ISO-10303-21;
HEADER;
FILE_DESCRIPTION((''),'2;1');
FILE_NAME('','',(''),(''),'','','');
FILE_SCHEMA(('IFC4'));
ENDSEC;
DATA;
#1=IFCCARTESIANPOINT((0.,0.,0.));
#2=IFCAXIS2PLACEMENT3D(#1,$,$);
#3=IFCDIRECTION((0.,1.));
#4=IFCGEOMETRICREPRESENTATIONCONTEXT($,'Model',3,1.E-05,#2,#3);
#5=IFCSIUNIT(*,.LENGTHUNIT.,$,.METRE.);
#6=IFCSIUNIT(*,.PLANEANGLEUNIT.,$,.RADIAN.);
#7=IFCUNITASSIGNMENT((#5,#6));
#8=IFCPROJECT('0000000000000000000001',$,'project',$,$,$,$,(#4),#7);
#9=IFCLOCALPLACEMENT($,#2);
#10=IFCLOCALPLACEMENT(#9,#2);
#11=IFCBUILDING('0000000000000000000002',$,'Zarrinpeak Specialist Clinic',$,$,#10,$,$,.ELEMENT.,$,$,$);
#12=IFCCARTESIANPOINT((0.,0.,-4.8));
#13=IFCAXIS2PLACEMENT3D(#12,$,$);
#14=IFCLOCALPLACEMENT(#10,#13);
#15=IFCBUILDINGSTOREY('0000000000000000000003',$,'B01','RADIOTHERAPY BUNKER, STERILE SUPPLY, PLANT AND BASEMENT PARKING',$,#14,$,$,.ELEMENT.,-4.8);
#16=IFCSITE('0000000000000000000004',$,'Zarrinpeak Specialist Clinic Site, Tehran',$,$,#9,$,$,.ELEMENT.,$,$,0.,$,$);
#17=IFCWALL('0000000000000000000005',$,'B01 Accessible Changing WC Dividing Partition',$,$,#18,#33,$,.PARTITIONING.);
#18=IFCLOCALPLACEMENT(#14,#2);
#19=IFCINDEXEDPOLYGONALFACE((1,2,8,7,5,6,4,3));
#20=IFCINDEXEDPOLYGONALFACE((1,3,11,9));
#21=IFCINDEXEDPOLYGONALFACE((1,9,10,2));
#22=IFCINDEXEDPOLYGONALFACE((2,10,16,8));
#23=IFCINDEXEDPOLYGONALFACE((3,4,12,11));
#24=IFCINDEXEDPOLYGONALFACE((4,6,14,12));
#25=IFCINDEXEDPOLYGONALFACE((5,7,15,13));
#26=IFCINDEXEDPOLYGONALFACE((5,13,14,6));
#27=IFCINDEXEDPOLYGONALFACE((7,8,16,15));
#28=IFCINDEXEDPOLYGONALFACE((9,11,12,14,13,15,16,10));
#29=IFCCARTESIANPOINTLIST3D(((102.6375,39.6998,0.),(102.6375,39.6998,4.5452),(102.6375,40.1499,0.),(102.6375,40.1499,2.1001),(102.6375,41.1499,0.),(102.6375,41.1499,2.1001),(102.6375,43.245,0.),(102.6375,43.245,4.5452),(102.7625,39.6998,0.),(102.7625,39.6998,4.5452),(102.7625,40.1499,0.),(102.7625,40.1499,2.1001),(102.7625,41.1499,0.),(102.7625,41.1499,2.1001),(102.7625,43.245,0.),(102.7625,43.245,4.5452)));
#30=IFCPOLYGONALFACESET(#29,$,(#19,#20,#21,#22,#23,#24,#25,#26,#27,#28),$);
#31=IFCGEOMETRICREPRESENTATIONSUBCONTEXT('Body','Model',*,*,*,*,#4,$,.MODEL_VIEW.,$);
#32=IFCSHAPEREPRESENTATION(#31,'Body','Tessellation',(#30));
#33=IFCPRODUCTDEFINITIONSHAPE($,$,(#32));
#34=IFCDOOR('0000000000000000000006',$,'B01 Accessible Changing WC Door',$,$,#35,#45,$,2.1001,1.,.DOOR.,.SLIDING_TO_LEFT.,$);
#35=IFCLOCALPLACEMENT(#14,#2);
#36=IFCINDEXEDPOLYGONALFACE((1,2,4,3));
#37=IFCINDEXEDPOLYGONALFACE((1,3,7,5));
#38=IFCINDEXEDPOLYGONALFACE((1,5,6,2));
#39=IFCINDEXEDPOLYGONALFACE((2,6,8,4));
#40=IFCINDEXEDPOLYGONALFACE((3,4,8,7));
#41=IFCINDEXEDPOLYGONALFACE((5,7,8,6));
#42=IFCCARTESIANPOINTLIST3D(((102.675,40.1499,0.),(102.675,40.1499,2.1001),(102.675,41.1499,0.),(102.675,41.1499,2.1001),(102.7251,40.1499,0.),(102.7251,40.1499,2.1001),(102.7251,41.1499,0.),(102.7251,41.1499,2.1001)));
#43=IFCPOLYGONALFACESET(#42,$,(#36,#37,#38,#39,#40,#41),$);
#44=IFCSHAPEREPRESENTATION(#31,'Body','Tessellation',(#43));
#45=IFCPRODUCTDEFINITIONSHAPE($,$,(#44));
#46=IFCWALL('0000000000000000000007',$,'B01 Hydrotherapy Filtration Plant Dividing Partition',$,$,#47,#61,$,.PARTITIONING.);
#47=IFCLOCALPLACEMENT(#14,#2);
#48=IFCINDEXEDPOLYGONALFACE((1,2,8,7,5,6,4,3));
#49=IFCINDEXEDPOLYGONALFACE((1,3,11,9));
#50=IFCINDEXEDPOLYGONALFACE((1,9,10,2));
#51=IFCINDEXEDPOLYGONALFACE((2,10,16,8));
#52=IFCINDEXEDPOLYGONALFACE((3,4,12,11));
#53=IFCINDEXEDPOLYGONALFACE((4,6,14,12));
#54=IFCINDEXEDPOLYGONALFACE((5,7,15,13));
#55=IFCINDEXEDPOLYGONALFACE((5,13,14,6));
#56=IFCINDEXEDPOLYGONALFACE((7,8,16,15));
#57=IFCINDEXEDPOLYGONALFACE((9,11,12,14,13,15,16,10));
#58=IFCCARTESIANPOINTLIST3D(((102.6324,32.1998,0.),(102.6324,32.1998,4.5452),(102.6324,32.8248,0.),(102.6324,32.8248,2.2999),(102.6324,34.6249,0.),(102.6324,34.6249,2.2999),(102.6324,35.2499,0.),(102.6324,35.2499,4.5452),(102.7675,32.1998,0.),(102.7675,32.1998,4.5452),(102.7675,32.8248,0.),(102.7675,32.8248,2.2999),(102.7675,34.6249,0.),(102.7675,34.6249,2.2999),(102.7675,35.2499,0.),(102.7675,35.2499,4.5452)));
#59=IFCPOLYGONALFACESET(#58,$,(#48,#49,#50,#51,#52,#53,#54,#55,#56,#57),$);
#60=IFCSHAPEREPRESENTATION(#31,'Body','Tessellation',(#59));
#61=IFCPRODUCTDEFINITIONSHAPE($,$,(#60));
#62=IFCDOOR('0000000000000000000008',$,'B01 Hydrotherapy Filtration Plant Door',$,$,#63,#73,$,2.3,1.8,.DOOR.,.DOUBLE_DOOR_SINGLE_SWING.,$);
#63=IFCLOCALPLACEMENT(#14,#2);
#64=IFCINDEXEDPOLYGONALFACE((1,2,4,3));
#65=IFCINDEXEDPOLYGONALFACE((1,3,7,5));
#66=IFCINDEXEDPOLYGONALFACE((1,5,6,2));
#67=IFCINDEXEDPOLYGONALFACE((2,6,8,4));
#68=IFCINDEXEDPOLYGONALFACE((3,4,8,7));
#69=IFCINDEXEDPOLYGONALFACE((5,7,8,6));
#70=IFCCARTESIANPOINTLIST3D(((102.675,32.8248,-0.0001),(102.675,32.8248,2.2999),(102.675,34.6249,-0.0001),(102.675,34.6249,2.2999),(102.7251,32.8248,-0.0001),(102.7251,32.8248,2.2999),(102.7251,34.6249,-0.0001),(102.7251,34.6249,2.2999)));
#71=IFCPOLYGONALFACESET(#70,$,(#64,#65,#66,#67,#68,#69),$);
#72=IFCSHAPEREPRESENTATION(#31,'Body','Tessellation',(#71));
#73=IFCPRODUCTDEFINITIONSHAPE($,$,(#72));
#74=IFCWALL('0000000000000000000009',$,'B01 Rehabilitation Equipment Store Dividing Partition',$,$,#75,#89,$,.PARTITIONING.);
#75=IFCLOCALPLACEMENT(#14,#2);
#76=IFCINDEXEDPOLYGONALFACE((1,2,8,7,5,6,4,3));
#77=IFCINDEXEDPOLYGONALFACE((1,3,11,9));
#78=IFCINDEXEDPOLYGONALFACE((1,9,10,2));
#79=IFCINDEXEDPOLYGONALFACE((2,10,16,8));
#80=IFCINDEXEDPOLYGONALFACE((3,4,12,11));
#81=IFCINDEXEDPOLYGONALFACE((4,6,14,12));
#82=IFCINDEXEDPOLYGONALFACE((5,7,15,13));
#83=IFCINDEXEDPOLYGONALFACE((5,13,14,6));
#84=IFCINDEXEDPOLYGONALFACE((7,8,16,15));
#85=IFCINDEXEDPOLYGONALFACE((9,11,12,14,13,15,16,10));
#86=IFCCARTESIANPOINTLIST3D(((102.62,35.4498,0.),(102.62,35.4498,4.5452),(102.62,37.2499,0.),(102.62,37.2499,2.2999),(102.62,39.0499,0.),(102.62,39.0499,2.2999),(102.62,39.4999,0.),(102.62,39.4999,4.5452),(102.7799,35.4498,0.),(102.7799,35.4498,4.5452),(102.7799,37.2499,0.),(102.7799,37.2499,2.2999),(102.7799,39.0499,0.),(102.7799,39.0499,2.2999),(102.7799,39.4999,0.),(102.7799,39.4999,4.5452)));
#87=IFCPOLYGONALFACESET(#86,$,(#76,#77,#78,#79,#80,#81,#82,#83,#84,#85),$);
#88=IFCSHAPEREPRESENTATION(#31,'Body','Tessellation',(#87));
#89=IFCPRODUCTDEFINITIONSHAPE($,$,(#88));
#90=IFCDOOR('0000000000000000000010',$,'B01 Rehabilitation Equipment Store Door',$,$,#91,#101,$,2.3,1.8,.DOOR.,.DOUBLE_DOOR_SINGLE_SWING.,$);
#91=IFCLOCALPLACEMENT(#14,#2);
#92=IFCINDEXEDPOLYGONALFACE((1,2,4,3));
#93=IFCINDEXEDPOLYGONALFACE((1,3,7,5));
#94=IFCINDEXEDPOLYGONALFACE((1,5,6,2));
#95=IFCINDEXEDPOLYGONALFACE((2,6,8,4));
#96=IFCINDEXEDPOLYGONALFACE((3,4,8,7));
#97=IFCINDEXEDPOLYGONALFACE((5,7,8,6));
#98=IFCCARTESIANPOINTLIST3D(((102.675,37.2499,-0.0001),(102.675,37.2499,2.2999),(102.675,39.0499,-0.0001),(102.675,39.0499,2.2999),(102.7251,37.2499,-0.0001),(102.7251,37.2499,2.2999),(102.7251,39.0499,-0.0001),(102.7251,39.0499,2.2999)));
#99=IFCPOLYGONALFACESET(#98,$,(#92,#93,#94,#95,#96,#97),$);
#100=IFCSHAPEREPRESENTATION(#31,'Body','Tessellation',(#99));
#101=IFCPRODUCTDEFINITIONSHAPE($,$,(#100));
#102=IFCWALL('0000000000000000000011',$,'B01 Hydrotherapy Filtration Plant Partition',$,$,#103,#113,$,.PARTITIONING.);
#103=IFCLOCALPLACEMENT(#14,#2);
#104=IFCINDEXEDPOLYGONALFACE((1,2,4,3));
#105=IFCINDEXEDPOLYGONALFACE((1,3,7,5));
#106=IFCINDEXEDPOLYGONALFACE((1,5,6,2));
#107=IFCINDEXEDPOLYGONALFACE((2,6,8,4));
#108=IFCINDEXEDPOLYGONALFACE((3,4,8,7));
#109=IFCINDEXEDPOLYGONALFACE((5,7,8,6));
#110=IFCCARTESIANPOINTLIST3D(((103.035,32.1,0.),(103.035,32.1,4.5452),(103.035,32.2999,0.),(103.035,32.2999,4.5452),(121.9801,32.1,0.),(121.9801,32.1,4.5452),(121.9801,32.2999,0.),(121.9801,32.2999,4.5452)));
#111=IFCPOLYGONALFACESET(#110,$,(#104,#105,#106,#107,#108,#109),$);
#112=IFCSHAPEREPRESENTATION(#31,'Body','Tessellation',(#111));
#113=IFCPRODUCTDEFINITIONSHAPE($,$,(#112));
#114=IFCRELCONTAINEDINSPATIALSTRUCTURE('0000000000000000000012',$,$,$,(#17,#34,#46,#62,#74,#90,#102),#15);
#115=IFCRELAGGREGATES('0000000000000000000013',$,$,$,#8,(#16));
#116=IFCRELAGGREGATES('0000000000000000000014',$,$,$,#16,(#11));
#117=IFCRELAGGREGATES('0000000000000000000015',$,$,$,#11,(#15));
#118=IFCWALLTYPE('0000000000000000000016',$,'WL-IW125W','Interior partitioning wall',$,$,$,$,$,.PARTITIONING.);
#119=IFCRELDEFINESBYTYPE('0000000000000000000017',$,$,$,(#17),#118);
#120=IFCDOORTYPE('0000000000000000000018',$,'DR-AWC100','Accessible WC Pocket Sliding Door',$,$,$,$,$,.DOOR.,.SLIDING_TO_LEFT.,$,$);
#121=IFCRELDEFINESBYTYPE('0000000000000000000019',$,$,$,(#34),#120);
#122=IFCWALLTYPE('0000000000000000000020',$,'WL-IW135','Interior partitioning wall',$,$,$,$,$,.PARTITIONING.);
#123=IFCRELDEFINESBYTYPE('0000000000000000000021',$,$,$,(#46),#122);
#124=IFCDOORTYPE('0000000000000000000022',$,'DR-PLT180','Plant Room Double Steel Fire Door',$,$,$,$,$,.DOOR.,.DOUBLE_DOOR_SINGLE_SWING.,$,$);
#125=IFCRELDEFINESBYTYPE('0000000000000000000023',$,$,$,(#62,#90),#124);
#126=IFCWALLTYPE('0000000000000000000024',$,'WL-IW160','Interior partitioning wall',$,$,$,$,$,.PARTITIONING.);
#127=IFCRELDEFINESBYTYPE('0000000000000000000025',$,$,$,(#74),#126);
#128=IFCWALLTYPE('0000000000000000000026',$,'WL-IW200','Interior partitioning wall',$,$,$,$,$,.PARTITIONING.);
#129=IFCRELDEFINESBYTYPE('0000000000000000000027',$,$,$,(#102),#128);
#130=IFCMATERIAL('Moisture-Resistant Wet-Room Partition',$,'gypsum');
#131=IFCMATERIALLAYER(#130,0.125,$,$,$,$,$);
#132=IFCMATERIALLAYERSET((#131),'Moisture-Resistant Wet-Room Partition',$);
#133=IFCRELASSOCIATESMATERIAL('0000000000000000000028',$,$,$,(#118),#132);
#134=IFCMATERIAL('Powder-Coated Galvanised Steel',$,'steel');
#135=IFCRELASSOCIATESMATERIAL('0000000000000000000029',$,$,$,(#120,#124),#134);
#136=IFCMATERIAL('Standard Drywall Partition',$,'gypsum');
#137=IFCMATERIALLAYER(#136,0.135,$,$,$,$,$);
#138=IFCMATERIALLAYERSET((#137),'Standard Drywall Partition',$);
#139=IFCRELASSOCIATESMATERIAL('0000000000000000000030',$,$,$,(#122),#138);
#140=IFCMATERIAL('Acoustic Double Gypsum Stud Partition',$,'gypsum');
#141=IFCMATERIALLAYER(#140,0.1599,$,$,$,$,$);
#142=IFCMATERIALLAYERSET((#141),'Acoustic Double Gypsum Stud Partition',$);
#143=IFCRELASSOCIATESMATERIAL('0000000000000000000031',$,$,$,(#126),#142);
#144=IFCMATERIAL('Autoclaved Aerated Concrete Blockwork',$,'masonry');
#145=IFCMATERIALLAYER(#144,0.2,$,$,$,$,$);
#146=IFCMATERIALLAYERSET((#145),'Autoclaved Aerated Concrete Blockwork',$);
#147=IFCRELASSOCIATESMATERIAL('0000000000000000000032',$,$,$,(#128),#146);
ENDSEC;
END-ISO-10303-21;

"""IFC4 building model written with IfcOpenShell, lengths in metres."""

from ifc_helpers import new_model, si_unit, direction, frame, frame_2d, origin, place, context, subcontext, project, spatial, rectangle, extrude, material, layer, layer_set, type_object, element, fill, save


model = new_model("IFC4")

# Units and contexts
model_context = context("Model", 3, precision=1e-05, world=origin(), true_north=direction((0.0, 1.0)))
body_context = subcontext(model_context, "Body", "Model", "MODEL_VIEW")
ifc_project = project(units=[si_unit("LENGTHUNIT", "METRE"), si_unit("PLANEANGLEUNIT", "RADIAN")], contexts=[model_context])

# Site, building, storey
site_placement = place(None, origin())
site = spatial("IfcSite", under=ifc_project, at=site_placement, Name="Zarrinpeak Specialist Clinic Site, Tehran", CompositionType="ELEMENT", RefElevation=0.0)
building_placement = place(site_placement, origin())
building = spatial("IfcBuilding", under=site, at=building_placement, Name="Zarrinpeak Specialist Clinic", CompositionType="ELEMENT")
storey_placement = place(building_placement, frame((0.0, 0.0, -4.8)))
storey = spatial("IfcBuildingStorey", under=building, at=storey_placement, Name="B01", Description="RADIOTHERAPY BUNKER, STERILE SUPPLY, PLANT AND BASEMENT PARKING", CompositionType="ELEMENT", Elevation=-4.8)

# Walls, openings, doors
ifc_material_1 = material(Name="Powder-Coated Galvanised Steel", Category="steel")
ifc_material_2 = material(Name="Moisture-Resistant Wet-Room Partition", Category="gypsum")
ifc_layer_1 = layer(ifc_material_2, 0.125)
ifc_layer_set_1 = layer_set([ifc_layer_1], Name="Moisture-Resistant Wet-Room Partition")
wall_type_1 = type_object("IfcWallType", Name="WL-IW125W", Description="Interior partitioning wall", PredefinedType="PARTITIONING", material=ifc_layer_set_1)
wall_1_placement = place(storey_placement, frame((102.7, 39.7, 0.0), z_axis=(0.0, 0.0, 1.0), x_axis=(0.0, 1.0, 0.0)))
wall_1 = element("IfcWall", 1, at=wall_1_placement, inside=storey, type_object=wall_type_1, Name="B01 Accessible Changing WC Dividing Partition", PredefinedType="PARTITIONING", context=body_context, shape_type="SweptSolid", body=[
    extrude(rectangle(XDim=3.5452, YDim=0.125, at=frame_2d((1.7725, 0.0))), origin(), (0.0, 0.0, 1.0), 4.5452),
])
opening_1_placement = place(wall_1_placement, frame((0.45, 0.0, 0.0)))
opening_1 = element("IfcOpeningElement", 2, at=opening_1_placement, cuts=wall_1, PredefinedType="OPENING", context=body_context, shape_type="SweptSolid", body=[
    extrude(rectangle(XDim=1.0, YDim=2.1001, at=frame_2d((0.5, 1.05))), frame((0.0, 0.0725, 0.0), z_axis=(0.0, -1.0, 0.0), x_axis=(1.0, 0.0, 0.0)), (0.0, 0.0, 1.0), 0.145),
])
door_type_1 = type_object("IfcDoorType", Name="DR-AWC100", Description="Accessible WC Pocket Sliding Door", OperationType="SLIDING_TO_LEFT", PredefinedType="DOOR", material=ifc_material_1)
door_1_placement = place(opening_1_placement, origin())
door_1 = element("IfcDoor", 3, at=door_1_placement, inside=storey, type_object=door_type_1, Name="B01 Accessible Changing WC Door", OperationType="SLIDING_TO_LEFT", OverallHeight=2.1001, OverallWidth=1.0, PredefinedType="DOOR", context=body_context, shape_type="SweptSolid", body=[
    extrude(rectangle(XDim=1.0, YDim=2.1001, at=frame_2d((0.5, 1.05))), frame((0.0, 0.0249, 0.0), z_axis=(0.0, -1.0, 0.0), x_axis=(1.0, 0.0, 0.0)), (0.0, 0.0, 1.0), 0.05),
])
fill(opening_1, door_1)
ifc_material_3 = material(Name="Standard Drywall Partition", Category="gypsum")
ifc_layer_2 = layer(ifc_material_3, 0.135)
ifc_layer_set_2 = layer_set([ifc_layer_2], Name="Standard Drywall Partition")
wall_type_2 = type_object("IfcWallType", Name="WL-IW135", Description="Interior partitioning wall", PredefinedType="PARTITIONING", material=ifc_layer_set_2)
wall_2_placement = place(storey_placement, frame((102.7, 32.2, 0.0), z_axis=(0.0, 0.0, 1.0), x_axis=(0.0, 1.0, 0.0)))
wall_2 = element("IfcWall", 4, at=wall_2_placement, inside=storey, type_object=wall_type_2, Name="B01 Hydrotherapy Filtration Plant Dividing Partition", PredefinedType="PARTITIONING", context=body_context, shape_type="SweptSolid", body=[
    extrude(rectangle(XDim=3.05, YDim=0.135, at=frame_2d((1.5249, 0.0))), origin(), (0.0, 0.0, 1.0), 4.5452),
])
opening_2_placement = place(wall_2_placement, frame((0.625, 0.0, 0.0)))
opening_2 = element("IfcOpeningElement", 5, at=opening_2_placement, cuts=wall_2, PredefinedType="OPENING", context=body_context, shape_type="SweptSolid", body=[
    extrude(rectangle(XDim=1.8, YDim=2.3, at=frame_2d((0.8999, 1.1499))), frame((0.0, 0.0776, 0.0), z_axis=(0.0, -1.0, 0.0), x_axis=(1.0, 0.0, 0.0)), (0.0, 0.0, 1.0), 0.155),
])
door_type_2 = type_object("IfcDoorType", Name="DR-PLT180", Description="Plant Room Double Steel Fire Door", OperationType="DOUBLE_DOOR_SINGLE_SWING", PredefinedType="DOOR", material=ifc_material_1)
door_2_placement = place(opening_2_placement, origin())
door_2 = element("IfcDoor", 6, at=door_2_placement, inside=storey, type_object=door_type_2, Name="B01 Hydrotherapy Filtration Plant Door", OperationType="DOUBLE_DOOR_SINGLE_SWING", OverallHeight=2.3, OverallWidth=1.8, PredefinedType="DOOR", context=body_context, shape_type="SweptSolid", body=[
    extrude(rectangle(XDim=1.8, YDim=2.3, at=frame_2d((0.8999, 1.1499))), frame((0.0, 0.0249, 0.0), z_axis=(0.0, -1.0, 0.0), x_axis=(1.0, 0.0, 0.0)), (0.0, 0.0, 1.0), 0.05),
])
fill(opening_2, door_2)
ifc_material_4 = material(Name="Acoustic Double Gypsum Stud Partition", Category="gypsum")
ifc_layer_3 = layer(ifc_material_4, 0.1599)
ifc_layer_set_3 = layer_set([ifc_layer_3], Name="Acoustic Double Gypsum Stud Partition")
wall_type_3 = type_object("IfcWallType", Name="WL-IW160", Description="Interior partitioning wall", PredefinedType="PARTITIONING", material=ifc_layer_set_3)
wall_3_placement = place(storey_placement, frame((102.7, 35.45, 0.0), z_axis=(0.0, 0.0, 1.0), x_axis=(0.0, 1.0, 0.0)))
wall_3 = element("IfcWall", 7, at=wall_3_placement, inside=storey, type_object=wall_type_3, Name="B01 Rehabilitation Equipment Store Dividing Partition", PredefinedType="PARTITIONING", context=body_context, shape_type="SweptSolid", body=[
    extrude(rectangle(XDim=4.05, YDim=0.1599, at=frame_2d((2.0249, 0.0))), origin(), (0.0, 0.0, 1.0), 4.5452),
])
opening_3_placement = place(wall_3_placement, frame((1.8, 0.0, 0.0)))
opening_3 = element("IfcOpeningElement", 8, at=opening_3_placement, cuts=wall_3, PredefinedType="OPENING", context=body_context, shape_type="SweptSolid", body=[
    extrude(rectangle(XDim=1.8, YDim=2.3, at=frame_2d((0.8999, 1.1499))), frame((0.0, 0.0898, 0.0), z_axis=(0.0, -1.0, 0.0), x_axis=(1.0, 0.0, 0.0)), (0.0, 0.0, 1.0), 0.1799),
])
door_3_placement = place(opening_3_placement, origin())
door_3 = element("IfcDoor", 9, at=door_3_placement, inside=storey, type_object=door_type_2, Name="B01 Rehabilitation Equipment Store Door", OperationType="DOUBLE_DOOR_SINGLE_SWING", OverallHeight=2.3, OverallWidth=1.8, PredefinedType="DOOR", context=body_context, shape_type="SweptSolid", body=[
    extrude(rectangle(XDim=1.8, YDim=2.3, at=frame_2d((0.8999, 1.1499))), frame((0.0, 0.0249, 0.0), z_axis=(0.0, -1.0, 0.0), x_axis=(1.0, 0.0, 0.0)), (0.0, 0.0, 1.0), 0.05),
])
fill(opening_3, door_3)

# Wall
ifc_material_5 = material(Name="Autoclaved Aerated Concrete Blockwork", Category="masonry")
ifc_layer_4 = layer(ifc_material_5, 0.2)
ifc_layer_set_4 = layer_set([ifc_layer_4], Name="Autoclaved Aerated Concrete Blockwork")
wall_type_4 = type_object("IfcWallType", Name="WL-IW200", Description="Interior partitioning wall", PredefinedType="PARTITIONING", material=ifc_layer_set_4)
wall_4_placement = place(storey_placement, frame((103.0349, 32.2, 0.0), z_axis=(0.0, 0.0, 1.0), x_axis=(1.0, 0.0, 0.0)))
element("IfcWall", 10, at=wall_4_placement, inside=storey, type_object=wall_type_4, Name="B01 Hydrotherapy Filtration Plant Partition", PredefinedType="PARTITIONING", context=body_context, shape_type="SweptSolid", body=[
    extrude(rectangle(XDim=18.9451, YDim=0.2, at=frame_2d((9.4727, 0.0))), origin(), (0.0, 0.0, 1.0), 4.5452),
])

save(model, "model.ifc")
